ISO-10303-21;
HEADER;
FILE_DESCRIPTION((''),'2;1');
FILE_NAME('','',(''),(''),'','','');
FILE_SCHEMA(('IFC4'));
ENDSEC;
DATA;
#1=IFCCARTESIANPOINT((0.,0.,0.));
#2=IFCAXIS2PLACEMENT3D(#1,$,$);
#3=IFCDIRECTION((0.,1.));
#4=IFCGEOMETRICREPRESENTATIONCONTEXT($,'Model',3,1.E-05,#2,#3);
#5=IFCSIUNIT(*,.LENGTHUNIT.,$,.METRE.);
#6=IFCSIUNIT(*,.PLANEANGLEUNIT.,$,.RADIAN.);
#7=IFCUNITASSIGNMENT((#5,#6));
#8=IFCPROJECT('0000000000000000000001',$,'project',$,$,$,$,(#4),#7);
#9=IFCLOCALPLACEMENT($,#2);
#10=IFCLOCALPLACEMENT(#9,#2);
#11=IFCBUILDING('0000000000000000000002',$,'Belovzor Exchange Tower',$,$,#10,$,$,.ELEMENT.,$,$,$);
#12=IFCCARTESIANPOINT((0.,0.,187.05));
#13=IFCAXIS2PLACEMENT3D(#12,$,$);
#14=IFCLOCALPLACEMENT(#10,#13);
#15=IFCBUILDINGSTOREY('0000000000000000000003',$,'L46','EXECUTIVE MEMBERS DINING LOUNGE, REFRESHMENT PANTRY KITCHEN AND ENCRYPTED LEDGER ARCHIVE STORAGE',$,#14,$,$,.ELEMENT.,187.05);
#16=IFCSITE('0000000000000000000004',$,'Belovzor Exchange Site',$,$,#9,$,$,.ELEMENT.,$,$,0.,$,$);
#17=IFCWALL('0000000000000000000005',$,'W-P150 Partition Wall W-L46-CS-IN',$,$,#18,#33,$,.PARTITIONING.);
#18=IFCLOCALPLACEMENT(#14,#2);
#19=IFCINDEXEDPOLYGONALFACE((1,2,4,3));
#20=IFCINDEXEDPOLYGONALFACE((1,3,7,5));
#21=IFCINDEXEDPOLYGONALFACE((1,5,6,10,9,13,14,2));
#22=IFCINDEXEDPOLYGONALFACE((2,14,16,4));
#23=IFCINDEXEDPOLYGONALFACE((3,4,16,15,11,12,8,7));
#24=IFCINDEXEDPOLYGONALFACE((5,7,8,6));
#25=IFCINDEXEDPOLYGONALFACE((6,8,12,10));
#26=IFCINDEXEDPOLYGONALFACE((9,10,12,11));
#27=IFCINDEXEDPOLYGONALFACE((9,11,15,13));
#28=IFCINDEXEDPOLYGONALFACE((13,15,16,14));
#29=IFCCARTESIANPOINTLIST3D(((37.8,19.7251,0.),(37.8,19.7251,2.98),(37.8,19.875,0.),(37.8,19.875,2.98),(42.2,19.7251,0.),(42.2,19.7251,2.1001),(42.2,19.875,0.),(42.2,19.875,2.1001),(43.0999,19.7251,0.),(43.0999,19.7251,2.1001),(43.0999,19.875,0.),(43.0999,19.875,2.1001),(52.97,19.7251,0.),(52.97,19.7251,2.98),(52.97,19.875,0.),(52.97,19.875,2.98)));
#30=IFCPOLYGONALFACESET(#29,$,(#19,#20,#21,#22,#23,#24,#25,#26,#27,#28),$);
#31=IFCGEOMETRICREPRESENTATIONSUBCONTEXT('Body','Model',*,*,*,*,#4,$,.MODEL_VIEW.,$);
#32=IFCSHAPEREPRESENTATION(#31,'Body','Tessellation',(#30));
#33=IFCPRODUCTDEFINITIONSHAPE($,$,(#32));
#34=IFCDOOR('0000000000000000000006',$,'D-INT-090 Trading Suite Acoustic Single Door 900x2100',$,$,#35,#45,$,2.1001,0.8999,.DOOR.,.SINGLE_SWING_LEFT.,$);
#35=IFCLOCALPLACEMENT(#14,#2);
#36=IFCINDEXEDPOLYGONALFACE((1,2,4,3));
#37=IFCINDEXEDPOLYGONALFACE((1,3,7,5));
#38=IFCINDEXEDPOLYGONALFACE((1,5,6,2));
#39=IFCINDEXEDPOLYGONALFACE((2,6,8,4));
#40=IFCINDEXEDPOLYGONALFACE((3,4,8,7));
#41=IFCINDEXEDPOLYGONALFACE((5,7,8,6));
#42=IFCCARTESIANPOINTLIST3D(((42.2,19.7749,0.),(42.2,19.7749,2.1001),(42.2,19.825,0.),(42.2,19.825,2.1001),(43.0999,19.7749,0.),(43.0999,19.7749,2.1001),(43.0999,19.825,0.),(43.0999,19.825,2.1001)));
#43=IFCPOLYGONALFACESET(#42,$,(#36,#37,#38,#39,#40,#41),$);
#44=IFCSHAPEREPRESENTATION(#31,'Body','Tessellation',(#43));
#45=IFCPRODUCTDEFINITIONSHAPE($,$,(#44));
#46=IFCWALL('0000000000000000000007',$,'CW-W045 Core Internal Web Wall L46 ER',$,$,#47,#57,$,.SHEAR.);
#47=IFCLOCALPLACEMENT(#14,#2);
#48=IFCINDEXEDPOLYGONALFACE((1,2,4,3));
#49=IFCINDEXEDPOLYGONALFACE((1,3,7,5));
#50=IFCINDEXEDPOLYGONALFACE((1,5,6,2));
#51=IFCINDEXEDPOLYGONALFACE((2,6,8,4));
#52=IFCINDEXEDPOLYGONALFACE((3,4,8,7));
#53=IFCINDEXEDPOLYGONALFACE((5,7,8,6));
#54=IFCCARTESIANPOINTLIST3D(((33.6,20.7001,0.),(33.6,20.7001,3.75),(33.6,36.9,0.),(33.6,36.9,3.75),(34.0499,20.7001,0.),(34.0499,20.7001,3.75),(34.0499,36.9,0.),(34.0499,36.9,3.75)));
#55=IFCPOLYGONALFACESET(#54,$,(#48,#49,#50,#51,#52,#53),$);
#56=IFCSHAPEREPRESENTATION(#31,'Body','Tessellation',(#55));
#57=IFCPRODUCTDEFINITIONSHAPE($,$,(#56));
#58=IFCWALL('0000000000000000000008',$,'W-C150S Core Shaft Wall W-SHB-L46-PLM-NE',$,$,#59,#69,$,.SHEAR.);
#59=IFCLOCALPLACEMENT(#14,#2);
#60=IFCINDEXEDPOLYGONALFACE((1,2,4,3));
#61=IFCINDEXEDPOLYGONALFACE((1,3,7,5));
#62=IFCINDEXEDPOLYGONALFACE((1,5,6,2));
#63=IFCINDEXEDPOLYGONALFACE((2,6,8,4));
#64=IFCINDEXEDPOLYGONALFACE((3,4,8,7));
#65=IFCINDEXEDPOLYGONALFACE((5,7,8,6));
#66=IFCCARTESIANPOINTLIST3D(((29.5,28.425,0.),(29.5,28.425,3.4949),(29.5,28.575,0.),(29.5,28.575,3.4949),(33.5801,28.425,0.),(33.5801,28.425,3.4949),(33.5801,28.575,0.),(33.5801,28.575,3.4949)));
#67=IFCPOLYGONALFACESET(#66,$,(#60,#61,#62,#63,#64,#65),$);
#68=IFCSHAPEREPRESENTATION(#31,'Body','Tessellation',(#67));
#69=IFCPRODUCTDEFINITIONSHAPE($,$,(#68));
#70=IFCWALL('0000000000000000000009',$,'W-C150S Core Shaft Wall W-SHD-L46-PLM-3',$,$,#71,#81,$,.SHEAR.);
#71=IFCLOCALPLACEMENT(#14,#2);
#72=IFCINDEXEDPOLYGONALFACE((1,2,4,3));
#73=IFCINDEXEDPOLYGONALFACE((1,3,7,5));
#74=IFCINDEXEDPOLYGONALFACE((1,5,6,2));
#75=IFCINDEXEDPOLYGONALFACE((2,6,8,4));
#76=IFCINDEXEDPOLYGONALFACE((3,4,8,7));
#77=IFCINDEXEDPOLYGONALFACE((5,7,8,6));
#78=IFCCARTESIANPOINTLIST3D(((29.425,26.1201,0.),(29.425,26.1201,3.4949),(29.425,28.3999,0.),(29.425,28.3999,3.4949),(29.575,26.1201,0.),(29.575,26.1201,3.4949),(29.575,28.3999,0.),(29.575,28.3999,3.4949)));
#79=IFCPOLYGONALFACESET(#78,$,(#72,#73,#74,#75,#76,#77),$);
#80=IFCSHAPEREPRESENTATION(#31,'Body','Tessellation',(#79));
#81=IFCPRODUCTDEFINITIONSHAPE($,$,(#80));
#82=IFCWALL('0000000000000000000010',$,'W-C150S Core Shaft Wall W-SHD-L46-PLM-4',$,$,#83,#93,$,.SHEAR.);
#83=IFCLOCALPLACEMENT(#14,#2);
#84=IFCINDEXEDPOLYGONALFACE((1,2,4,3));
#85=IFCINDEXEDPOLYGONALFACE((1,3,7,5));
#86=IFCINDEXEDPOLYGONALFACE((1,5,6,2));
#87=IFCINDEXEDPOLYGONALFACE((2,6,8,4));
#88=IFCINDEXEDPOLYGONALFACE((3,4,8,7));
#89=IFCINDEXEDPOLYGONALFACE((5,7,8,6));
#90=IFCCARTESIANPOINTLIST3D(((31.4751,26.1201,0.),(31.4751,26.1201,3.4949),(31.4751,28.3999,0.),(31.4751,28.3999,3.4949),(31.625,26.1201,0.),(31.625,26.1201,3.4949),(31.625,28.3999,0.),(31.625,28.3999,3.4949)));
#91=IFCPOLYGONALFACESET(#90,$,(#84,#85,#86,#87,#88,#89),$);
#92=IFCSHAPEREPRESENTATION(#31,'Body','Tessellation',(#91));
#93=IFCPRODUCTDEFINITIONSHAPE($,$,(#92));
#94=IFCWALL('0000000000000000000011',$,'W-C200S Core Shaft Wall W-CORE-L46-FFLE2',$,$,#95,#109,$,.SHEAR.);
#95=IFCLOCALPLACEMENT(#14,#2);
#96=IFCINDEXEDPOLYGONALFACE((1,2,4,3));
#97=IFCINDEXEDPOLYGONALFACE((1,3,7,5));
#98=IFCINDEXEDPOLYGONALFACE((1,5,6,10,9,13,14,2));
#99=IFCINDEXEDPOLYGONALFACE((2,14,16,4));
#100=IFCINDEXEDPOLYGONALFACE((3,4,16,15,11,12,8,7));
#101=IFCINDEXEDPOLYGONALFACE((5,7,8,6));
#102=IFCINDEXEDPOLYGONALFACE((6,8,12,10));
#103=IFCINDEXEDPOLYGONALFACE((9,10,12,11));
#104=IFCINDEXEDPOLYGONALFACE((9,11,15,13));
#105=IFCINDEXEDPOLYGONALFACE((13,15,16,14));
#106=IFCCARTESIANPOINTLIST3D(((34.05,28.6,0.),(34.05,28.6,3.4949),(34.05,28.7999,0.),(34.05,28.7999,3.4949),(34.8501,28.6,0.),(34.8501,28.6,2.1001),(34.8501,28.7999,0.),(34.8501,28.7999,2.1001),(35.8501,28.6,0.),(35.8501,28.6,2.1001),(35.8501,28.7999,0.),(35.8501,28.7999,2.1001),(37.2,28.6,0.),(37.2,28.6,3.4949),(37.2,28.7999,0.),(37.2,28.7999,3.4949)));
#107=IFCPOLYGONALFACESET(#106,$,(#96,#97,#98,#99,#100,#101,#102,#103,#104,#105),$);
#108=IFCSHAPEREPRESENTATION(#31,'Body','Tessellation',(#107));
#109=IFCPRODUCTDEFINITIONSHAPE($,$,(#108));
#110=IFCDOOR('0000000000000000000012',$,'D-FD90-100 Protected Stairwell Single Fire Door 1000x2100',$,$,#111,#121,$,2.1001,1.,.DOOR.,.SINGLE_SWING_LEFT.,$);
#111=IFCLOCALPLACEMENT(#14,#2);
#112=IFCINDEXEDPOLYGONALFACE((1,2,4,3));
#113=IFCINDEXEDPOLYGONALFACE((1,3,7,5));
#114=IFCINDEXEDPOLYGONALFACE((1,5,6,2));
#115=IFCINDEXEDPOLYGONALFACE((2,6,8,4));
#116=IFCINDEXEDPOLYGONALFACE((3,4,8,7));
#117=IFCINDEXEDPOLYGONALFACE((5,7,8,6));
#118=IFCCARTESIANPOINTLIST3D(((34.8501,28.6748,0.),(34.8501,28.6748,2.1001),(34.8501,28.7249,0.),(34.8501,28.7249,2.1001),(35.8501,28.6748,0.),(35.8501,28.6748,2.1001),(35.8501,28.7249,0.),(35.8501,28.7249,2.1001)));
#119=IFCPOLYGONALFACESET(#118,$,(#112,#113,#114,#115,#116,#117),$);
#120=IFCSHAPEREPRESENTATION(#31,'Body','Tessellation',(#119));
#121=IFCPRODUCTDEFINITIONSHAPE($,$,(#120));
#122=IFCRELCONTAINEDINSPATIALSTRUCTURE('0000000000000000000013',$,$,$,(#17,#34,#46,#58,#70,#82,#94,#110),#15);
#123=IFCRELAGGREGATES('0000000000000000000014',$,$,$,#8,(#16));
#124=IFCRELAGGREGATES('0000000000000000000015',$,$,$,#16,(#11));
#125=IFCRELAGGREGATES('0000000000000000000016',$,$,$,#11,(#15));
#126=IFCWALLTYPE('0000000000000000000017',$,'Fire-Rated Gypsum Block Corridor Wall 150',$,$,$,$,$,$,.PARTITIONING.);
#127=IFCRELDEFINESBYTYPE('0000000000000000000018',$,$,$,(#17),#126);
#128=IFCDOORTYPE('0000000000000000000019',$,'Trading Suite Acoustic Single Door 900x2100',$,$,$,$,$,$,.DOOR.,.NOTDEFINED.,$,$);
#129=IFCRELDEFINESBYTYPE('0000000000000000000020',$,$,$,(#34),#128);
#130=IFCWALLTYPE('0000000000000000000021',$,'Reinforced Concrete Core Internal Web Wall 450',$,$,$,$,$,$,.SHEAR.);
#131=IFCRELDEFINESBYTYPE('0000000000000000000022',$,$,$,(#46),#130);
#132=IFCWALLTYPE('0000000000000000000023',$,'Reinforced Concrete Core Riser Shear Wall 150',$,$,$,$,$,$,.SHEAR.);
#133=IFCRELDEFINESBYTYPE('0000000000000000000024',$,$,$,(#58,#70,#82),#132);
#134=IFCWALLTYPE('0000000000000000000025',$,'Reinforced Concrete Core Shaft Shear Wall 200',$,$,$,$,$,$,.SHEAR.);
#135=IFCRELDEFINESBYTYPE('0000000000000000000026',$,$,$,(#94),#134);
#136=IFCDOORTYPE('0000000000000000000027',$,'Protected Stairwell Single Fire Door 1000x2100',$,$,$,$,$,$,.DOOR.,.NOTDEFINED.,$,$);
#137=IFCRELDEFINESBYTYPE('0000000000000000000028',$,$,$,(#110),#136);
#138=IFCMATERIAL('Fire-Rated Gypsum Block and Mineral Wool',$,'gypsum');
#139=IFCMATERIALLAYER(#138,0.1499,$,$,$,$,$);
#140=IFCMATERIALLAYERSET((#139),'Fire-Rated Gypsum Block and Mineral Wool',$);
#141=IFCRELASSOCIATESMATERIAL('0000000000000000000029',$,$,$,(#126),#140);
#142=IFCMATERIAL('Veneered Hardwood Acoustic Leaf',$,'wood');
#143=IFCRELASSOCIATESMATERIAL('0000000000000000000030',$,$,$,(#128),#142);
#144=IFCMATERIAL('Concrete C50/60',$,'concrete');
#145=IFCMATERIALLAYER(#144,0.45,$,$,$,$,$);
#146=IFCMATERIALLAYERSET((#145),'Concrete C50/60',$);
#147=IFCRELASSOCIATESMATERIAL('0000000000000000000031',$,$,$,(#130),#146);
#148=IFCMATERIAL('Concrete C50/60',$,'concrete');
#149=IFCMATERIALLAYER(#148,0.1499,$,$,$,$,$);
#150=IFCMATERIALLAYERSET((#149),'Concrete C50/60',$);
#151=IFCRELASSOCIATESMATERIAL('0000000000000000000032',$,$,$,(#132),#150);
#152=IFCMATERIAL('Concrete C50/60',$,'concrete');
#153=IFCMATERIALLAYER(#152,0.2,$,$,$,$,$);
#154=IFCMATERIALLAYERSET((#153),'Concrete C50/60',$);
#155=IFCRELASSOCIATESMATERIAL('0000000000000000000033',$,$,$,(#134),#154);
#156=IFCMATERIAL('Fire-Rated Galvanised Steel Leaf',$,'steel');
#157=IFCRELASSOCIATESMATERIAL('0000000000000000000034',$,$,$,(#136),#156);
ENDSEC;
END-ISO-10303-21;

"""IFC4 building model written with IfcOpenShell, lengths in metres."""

from ifc_helpers import new_model, si_unit, direction, frame, frame_2d, origin, place, context, subcontext, project, spatial, rectangle, extrude, material, layer, layer_set, type_object, element, fill, save


model = new_model("IFC4")

# Units and contexts
model_context = context("Model", 3, precision=1e-05, world=origin(), true_north=direction((0.0, 1.0)))
body_context = subcontext(model_context, "Body", "Model", "MODEL_VIEW")
ifc_project = project(units=[si_unit("LENGTHUNIT", "METRE"), si_unit("PLANEANGLEUNIT", "RADIAN")], contexts=[model_context])

# Site, building, storey
site_placement = place(None, origin())
site = spatial("IfcSite", under=ifc_project, at=site_placement, Name="Belovzor Exchange Site", CompositionType="ELEMENT", RefElevation=0.0)
building_placement = place(site_placement, origin())
building = spatial("IfcBuilding", under=site, at=building_placement, Name="Belovzor Exchange Tower", CompositionType="ELEMENT")
storey_placement = place(building_placement, frame((0.0, 0.0, 187.05)))
storey = spatial("IfcBuildingStorey", under=building, at=storey_placement, Name="L46", Description="EXECUTIVE MEMBERS DINING LOUNGE, REFRESHMENT PANTRY KITCHEN AND ENCRYPTED LEDGER ARCHIVE STORAGE", CompositionType="ELEMENT", Elevation=187.05)

# Shared definitions
ifc_material_1 = material(Name="Fire-Rated Gypsum Block and Mineral Wool", Category="gypsum")
ifc_layer_1 = layer(ifc_material_1, 0.1499)
ifc_layer_set_1 = layer_set([ifc_layer_1], Name="Fire-Rated Gypsum Block and Mineral Wool")
wall_type_1 = type_object("IfcWallType", Name="Fire-Rated Gypsum Block Corridor Wall 150", PredefinedType="PARTITIONING", material=ifc_layer_set_1)

# Wall, opening, door
wall_1_placement = place(storey_placement, frame((37.8, 19.8, 0.0), z_axis=(0.0, 0.0, 1.0), x_axis=(1.0, 0.0, 0.0)))
wall_1 = element("IfcWall", 1, at=wall_1_placement, inside=storey, type_object=wall_type_1, Name="W-P150 Partition Wall W-L46-CS-IN", PredefinedType="PARTITIONING", context=body_context, shape_type="SweptSolid", body=[
    extrude(rectangle(XDim=15.1699, YDim=0.1499, at=frame_2d((7.585, 0.0))), origin(), (0.0, 0.0, 1.0), 2.98),
])
opening_1_placement = place(wall_1_placement, frame((4.3999, 0.0, 0.0)))
opening_1 = element("IfcOpeningElement", 2, at=opening_1_placement, cuts=wall_1, PredefinedType="OPENING", context=body_context, shape_type="SweptSolid", body=[
    extrude(rectangle(XDim=0.8999, YDim=2.1001, at=frame_2d((0.45, 1.05))), frame((0.0, 0.085, 0.0), z_axis=(0.0, -1.0, 0.0), x_axis=(1.0, 0.0, 0.0)), (0.0, 0.0, 1.0), 0.1699),
])
ifc_material_2 = material(Name="Veneered Hardwood Acoustic Leaf", Category="wood")
door_type_1 = type_object("IfcDoorType", Name="Trading Suite Acoustic Single Door 900x2100", OperationType="NOTDEFINED", PredefinedType="DOOR", material=ifc_material_2)
door_1_placement = place(opening_1_placement, origin())
door_1 = element("IfcDoor", 3, at=door_1_placement, inside=storey, type_object=door_type_1, Name="D-INT-090 Trading Suite Acoustic Single Door 900x2100", OperationType="SINGLE_SWING_LEFT", OverallHeight=2.1001, OverallWidth=0.8999, PredefinedType="DOOR", context=body_context, shape_type="SweptSolid", body=[
    extrude(rectangle(XDim=0.8999, YDim=2.1001, at=frame_2d((0.45, 1.05))), frame((0.0, 0.0249, 0.0), z_axis=(0.0, -1.0, 0.0), x_axis=(1.0, 0.0, 0.0)), (0.0, 0.0, 1.0), 0.05),
])
fill(opening_1, door_1)

# Walls
ifc_material_3 = material(Name="Concrete C50/60", Category="concrete")
ifc_layer_2 = layer(ifc_material_3, 0.45)
ifc_layer_set_2 = layer_set([ifc_layer_2], Name="Concrete C50/60")
wall_type_2 = type_object("IfcWallType", Name="Reinforced Concrete Core Internal Web Wall 450", PredefinedType="SHEAR", material=ifc_layer_set_2)
wall_2_placement = place(storey_placement, frame((33.825, 20.7, 0.0), z_axis=(0.0, 0.0, 1.0), x_axis=(0.0, 1.0, 0.0)))
element("IfcWall", 4, at=wall_2_placement, inside=storey, type_object=wall_type_2, Name="CW-W045 Core Internal Web Wall L46 ER", PredefinedType="SHEAR", context=body_context, shape_type="SweptSolid", body=[
    extrude(rectangle(XDim=16.2, YDim=0.45, at=frame_2d((8.1001, 0.0))), origin(), (0.0, 0.0, 1.0), 3.75),
])
ifc_material_4 = material(Name="Concrete C50/60", Category="concrete")
ifc_layer_3 = layer(ifc_material_4, 0.1499)
ifc_layer_set_3 = layer_set([ifc_layer_3], Name="Concrete C50/60")
wall_type_3 = type_object("IfcWallType", Name="Reinforced Concrete Core Riser Shear Wall 150", PredefinedType="SHEAR", material=ifc_layer_set_3)
wall_3_placement = place(storey_placement, frame((29.5, 28.5, 0.0), z_axis=(0.0, 0.0, 1.0), x_axis=(1.0, 0.0, 0.0)))
element("IfcWall", 5, at=wall_3_placement, inside=storey, type_object=wall_type_3, Name="W-C150S Core Shaft Wall W-SHB-L46-PLM-NE", PredefinedType="SHEAR", context=body_context, shape_type="SweptSolid", body=[
    extrude(rectangle(XDim=4.0801, YDim=0.1499, at=frame_2d((2.04, 0.0))), origin(), (0.0, 0.0, 1.0), 3.4949),
])
for number, where, z_axis, x_axis, name in (
    (6, (29.5, 26.1201, 0.0), (0.0, 0.0, 1.0), (0.0, 1.0, 0.0), "W-C150S Core Shaft Wall W-SHD-L46-PLM-3"),
    (7, (31.55, 26.1201, 0.0), (0.0, 0.0, 1.0), (0.0, 1.0, 0.0), "W-C150S Core Shaft Wall W-SHD-L46-PLM-4"),
):
    element("IfcWall", number, at=place(storey_placement, frame(where, z_axis=z_axis, x_axis=x_axis)), inside=storey, type_object=wall_type_3, Name=name, PredefinedType="SHEAR", context=body_context, shape_type="SweptSolid", body=[
        extrude(rectangle(XDim=2.2798, YDim=0.1499, at=frame_2d((1.1399, 0.0))), origin(), (0.0, 0.0, 1.0), 3.4949),
    ])

# Wall, opening, door
ifc_material_5 = material(Name="Concrete C50/60", Category="concrete")
ifc_layer_4 = layer(ifc_material_5, 0.2)
ifc_layer_set_4 = layer_set([ifc_layer_4], Name="Concrete C50/60")
wall_type_4 = type_object("IfcWallType", Name="Reinforced Concrete Core Shaft Shear Wall 200", PredefinedType="SHEAR", material=ifc_layer_set_4)
wall_4_placement = place(storey_placement, frame((34.05, 28.7, 0.0), z_axis=(0.0, 0.0, 1.0), x_axis=(1.0, 0.0, 0.0)))
wall_4 = element("IfcWall", 8, at=wall_4_placement, inside=storey, type_object=wall_type_4, Name="W-C200S Core Shaft Wall W-CORE-L46-FFLE2", PredefinedType="SHEAR", context=body_context, shape_type="SweptSolid", body=[
    extrude(rectangle(XDim=3.1499, YDim=0.2, at=frame_2d((1.575, 0.0))), origin(), (0.0, 0.0, 1.0), 3.4949),
])
opening_2_placement = place(wall_4_placement, frame((0.8, 0.0, 0.0)))
opening_2 = element("IfcOpeningElement", 9, at=opening_2_placement, cuts=wall_4, PredefinedType="OPENING", context=body_context, shape_type="SweptSolid", body=[
    extrude(rectangle(XDim=1.0, YDim=2.1001, at=frame_2d((0.5, 1.05))), frame((0.0, 0.1099, 0.0), z_axis=(0.0, -1.0, 0.0), x_axis=(1.0, 0.0, 0.0)), (0.0, 0.0, 1.0), 0.22),
])
ifc_material_6 = material(Name="Fire-Rated Galvanised Steel Leaf", Category="steel")
door_type_2 = type_object("IfcDoorType", Name="Protected Stairwell Single Fire Door 1000x2100", OperationType="NOTDEFINED", PredefinedType="DOOR", material=ifc_material_6)
door_2_placement = place(opening_2_placement, origin())
door_2 = element("IfcDoor", 10, at=door_2_placement, inside=storey, type_object=door_type_2, Name="D-FD90-100 Protected Stairwell Single Fire Door 1000x2100", OperationType="SINGLE_SWING_LEFT", OverallHeight=2.1001, OverallWidth=1.0, PredefinedType="DOOR", context=body_context, shape_type="SweptSolid", body=[
    extrude(rectangle(XDim=1.0, YDim=2.1001, at=frame_2d((0.5, 1.05))), frame((0.0, 0.0249, 0.0), z_axis=(0.0, -1.0, 0.0), x_axis=(1.0, 0.0, 0.0)), (0.0, 0.0, 1.0), 0.05),
])
fill(opening_2, door_2)

save(model, "model.ifc")
